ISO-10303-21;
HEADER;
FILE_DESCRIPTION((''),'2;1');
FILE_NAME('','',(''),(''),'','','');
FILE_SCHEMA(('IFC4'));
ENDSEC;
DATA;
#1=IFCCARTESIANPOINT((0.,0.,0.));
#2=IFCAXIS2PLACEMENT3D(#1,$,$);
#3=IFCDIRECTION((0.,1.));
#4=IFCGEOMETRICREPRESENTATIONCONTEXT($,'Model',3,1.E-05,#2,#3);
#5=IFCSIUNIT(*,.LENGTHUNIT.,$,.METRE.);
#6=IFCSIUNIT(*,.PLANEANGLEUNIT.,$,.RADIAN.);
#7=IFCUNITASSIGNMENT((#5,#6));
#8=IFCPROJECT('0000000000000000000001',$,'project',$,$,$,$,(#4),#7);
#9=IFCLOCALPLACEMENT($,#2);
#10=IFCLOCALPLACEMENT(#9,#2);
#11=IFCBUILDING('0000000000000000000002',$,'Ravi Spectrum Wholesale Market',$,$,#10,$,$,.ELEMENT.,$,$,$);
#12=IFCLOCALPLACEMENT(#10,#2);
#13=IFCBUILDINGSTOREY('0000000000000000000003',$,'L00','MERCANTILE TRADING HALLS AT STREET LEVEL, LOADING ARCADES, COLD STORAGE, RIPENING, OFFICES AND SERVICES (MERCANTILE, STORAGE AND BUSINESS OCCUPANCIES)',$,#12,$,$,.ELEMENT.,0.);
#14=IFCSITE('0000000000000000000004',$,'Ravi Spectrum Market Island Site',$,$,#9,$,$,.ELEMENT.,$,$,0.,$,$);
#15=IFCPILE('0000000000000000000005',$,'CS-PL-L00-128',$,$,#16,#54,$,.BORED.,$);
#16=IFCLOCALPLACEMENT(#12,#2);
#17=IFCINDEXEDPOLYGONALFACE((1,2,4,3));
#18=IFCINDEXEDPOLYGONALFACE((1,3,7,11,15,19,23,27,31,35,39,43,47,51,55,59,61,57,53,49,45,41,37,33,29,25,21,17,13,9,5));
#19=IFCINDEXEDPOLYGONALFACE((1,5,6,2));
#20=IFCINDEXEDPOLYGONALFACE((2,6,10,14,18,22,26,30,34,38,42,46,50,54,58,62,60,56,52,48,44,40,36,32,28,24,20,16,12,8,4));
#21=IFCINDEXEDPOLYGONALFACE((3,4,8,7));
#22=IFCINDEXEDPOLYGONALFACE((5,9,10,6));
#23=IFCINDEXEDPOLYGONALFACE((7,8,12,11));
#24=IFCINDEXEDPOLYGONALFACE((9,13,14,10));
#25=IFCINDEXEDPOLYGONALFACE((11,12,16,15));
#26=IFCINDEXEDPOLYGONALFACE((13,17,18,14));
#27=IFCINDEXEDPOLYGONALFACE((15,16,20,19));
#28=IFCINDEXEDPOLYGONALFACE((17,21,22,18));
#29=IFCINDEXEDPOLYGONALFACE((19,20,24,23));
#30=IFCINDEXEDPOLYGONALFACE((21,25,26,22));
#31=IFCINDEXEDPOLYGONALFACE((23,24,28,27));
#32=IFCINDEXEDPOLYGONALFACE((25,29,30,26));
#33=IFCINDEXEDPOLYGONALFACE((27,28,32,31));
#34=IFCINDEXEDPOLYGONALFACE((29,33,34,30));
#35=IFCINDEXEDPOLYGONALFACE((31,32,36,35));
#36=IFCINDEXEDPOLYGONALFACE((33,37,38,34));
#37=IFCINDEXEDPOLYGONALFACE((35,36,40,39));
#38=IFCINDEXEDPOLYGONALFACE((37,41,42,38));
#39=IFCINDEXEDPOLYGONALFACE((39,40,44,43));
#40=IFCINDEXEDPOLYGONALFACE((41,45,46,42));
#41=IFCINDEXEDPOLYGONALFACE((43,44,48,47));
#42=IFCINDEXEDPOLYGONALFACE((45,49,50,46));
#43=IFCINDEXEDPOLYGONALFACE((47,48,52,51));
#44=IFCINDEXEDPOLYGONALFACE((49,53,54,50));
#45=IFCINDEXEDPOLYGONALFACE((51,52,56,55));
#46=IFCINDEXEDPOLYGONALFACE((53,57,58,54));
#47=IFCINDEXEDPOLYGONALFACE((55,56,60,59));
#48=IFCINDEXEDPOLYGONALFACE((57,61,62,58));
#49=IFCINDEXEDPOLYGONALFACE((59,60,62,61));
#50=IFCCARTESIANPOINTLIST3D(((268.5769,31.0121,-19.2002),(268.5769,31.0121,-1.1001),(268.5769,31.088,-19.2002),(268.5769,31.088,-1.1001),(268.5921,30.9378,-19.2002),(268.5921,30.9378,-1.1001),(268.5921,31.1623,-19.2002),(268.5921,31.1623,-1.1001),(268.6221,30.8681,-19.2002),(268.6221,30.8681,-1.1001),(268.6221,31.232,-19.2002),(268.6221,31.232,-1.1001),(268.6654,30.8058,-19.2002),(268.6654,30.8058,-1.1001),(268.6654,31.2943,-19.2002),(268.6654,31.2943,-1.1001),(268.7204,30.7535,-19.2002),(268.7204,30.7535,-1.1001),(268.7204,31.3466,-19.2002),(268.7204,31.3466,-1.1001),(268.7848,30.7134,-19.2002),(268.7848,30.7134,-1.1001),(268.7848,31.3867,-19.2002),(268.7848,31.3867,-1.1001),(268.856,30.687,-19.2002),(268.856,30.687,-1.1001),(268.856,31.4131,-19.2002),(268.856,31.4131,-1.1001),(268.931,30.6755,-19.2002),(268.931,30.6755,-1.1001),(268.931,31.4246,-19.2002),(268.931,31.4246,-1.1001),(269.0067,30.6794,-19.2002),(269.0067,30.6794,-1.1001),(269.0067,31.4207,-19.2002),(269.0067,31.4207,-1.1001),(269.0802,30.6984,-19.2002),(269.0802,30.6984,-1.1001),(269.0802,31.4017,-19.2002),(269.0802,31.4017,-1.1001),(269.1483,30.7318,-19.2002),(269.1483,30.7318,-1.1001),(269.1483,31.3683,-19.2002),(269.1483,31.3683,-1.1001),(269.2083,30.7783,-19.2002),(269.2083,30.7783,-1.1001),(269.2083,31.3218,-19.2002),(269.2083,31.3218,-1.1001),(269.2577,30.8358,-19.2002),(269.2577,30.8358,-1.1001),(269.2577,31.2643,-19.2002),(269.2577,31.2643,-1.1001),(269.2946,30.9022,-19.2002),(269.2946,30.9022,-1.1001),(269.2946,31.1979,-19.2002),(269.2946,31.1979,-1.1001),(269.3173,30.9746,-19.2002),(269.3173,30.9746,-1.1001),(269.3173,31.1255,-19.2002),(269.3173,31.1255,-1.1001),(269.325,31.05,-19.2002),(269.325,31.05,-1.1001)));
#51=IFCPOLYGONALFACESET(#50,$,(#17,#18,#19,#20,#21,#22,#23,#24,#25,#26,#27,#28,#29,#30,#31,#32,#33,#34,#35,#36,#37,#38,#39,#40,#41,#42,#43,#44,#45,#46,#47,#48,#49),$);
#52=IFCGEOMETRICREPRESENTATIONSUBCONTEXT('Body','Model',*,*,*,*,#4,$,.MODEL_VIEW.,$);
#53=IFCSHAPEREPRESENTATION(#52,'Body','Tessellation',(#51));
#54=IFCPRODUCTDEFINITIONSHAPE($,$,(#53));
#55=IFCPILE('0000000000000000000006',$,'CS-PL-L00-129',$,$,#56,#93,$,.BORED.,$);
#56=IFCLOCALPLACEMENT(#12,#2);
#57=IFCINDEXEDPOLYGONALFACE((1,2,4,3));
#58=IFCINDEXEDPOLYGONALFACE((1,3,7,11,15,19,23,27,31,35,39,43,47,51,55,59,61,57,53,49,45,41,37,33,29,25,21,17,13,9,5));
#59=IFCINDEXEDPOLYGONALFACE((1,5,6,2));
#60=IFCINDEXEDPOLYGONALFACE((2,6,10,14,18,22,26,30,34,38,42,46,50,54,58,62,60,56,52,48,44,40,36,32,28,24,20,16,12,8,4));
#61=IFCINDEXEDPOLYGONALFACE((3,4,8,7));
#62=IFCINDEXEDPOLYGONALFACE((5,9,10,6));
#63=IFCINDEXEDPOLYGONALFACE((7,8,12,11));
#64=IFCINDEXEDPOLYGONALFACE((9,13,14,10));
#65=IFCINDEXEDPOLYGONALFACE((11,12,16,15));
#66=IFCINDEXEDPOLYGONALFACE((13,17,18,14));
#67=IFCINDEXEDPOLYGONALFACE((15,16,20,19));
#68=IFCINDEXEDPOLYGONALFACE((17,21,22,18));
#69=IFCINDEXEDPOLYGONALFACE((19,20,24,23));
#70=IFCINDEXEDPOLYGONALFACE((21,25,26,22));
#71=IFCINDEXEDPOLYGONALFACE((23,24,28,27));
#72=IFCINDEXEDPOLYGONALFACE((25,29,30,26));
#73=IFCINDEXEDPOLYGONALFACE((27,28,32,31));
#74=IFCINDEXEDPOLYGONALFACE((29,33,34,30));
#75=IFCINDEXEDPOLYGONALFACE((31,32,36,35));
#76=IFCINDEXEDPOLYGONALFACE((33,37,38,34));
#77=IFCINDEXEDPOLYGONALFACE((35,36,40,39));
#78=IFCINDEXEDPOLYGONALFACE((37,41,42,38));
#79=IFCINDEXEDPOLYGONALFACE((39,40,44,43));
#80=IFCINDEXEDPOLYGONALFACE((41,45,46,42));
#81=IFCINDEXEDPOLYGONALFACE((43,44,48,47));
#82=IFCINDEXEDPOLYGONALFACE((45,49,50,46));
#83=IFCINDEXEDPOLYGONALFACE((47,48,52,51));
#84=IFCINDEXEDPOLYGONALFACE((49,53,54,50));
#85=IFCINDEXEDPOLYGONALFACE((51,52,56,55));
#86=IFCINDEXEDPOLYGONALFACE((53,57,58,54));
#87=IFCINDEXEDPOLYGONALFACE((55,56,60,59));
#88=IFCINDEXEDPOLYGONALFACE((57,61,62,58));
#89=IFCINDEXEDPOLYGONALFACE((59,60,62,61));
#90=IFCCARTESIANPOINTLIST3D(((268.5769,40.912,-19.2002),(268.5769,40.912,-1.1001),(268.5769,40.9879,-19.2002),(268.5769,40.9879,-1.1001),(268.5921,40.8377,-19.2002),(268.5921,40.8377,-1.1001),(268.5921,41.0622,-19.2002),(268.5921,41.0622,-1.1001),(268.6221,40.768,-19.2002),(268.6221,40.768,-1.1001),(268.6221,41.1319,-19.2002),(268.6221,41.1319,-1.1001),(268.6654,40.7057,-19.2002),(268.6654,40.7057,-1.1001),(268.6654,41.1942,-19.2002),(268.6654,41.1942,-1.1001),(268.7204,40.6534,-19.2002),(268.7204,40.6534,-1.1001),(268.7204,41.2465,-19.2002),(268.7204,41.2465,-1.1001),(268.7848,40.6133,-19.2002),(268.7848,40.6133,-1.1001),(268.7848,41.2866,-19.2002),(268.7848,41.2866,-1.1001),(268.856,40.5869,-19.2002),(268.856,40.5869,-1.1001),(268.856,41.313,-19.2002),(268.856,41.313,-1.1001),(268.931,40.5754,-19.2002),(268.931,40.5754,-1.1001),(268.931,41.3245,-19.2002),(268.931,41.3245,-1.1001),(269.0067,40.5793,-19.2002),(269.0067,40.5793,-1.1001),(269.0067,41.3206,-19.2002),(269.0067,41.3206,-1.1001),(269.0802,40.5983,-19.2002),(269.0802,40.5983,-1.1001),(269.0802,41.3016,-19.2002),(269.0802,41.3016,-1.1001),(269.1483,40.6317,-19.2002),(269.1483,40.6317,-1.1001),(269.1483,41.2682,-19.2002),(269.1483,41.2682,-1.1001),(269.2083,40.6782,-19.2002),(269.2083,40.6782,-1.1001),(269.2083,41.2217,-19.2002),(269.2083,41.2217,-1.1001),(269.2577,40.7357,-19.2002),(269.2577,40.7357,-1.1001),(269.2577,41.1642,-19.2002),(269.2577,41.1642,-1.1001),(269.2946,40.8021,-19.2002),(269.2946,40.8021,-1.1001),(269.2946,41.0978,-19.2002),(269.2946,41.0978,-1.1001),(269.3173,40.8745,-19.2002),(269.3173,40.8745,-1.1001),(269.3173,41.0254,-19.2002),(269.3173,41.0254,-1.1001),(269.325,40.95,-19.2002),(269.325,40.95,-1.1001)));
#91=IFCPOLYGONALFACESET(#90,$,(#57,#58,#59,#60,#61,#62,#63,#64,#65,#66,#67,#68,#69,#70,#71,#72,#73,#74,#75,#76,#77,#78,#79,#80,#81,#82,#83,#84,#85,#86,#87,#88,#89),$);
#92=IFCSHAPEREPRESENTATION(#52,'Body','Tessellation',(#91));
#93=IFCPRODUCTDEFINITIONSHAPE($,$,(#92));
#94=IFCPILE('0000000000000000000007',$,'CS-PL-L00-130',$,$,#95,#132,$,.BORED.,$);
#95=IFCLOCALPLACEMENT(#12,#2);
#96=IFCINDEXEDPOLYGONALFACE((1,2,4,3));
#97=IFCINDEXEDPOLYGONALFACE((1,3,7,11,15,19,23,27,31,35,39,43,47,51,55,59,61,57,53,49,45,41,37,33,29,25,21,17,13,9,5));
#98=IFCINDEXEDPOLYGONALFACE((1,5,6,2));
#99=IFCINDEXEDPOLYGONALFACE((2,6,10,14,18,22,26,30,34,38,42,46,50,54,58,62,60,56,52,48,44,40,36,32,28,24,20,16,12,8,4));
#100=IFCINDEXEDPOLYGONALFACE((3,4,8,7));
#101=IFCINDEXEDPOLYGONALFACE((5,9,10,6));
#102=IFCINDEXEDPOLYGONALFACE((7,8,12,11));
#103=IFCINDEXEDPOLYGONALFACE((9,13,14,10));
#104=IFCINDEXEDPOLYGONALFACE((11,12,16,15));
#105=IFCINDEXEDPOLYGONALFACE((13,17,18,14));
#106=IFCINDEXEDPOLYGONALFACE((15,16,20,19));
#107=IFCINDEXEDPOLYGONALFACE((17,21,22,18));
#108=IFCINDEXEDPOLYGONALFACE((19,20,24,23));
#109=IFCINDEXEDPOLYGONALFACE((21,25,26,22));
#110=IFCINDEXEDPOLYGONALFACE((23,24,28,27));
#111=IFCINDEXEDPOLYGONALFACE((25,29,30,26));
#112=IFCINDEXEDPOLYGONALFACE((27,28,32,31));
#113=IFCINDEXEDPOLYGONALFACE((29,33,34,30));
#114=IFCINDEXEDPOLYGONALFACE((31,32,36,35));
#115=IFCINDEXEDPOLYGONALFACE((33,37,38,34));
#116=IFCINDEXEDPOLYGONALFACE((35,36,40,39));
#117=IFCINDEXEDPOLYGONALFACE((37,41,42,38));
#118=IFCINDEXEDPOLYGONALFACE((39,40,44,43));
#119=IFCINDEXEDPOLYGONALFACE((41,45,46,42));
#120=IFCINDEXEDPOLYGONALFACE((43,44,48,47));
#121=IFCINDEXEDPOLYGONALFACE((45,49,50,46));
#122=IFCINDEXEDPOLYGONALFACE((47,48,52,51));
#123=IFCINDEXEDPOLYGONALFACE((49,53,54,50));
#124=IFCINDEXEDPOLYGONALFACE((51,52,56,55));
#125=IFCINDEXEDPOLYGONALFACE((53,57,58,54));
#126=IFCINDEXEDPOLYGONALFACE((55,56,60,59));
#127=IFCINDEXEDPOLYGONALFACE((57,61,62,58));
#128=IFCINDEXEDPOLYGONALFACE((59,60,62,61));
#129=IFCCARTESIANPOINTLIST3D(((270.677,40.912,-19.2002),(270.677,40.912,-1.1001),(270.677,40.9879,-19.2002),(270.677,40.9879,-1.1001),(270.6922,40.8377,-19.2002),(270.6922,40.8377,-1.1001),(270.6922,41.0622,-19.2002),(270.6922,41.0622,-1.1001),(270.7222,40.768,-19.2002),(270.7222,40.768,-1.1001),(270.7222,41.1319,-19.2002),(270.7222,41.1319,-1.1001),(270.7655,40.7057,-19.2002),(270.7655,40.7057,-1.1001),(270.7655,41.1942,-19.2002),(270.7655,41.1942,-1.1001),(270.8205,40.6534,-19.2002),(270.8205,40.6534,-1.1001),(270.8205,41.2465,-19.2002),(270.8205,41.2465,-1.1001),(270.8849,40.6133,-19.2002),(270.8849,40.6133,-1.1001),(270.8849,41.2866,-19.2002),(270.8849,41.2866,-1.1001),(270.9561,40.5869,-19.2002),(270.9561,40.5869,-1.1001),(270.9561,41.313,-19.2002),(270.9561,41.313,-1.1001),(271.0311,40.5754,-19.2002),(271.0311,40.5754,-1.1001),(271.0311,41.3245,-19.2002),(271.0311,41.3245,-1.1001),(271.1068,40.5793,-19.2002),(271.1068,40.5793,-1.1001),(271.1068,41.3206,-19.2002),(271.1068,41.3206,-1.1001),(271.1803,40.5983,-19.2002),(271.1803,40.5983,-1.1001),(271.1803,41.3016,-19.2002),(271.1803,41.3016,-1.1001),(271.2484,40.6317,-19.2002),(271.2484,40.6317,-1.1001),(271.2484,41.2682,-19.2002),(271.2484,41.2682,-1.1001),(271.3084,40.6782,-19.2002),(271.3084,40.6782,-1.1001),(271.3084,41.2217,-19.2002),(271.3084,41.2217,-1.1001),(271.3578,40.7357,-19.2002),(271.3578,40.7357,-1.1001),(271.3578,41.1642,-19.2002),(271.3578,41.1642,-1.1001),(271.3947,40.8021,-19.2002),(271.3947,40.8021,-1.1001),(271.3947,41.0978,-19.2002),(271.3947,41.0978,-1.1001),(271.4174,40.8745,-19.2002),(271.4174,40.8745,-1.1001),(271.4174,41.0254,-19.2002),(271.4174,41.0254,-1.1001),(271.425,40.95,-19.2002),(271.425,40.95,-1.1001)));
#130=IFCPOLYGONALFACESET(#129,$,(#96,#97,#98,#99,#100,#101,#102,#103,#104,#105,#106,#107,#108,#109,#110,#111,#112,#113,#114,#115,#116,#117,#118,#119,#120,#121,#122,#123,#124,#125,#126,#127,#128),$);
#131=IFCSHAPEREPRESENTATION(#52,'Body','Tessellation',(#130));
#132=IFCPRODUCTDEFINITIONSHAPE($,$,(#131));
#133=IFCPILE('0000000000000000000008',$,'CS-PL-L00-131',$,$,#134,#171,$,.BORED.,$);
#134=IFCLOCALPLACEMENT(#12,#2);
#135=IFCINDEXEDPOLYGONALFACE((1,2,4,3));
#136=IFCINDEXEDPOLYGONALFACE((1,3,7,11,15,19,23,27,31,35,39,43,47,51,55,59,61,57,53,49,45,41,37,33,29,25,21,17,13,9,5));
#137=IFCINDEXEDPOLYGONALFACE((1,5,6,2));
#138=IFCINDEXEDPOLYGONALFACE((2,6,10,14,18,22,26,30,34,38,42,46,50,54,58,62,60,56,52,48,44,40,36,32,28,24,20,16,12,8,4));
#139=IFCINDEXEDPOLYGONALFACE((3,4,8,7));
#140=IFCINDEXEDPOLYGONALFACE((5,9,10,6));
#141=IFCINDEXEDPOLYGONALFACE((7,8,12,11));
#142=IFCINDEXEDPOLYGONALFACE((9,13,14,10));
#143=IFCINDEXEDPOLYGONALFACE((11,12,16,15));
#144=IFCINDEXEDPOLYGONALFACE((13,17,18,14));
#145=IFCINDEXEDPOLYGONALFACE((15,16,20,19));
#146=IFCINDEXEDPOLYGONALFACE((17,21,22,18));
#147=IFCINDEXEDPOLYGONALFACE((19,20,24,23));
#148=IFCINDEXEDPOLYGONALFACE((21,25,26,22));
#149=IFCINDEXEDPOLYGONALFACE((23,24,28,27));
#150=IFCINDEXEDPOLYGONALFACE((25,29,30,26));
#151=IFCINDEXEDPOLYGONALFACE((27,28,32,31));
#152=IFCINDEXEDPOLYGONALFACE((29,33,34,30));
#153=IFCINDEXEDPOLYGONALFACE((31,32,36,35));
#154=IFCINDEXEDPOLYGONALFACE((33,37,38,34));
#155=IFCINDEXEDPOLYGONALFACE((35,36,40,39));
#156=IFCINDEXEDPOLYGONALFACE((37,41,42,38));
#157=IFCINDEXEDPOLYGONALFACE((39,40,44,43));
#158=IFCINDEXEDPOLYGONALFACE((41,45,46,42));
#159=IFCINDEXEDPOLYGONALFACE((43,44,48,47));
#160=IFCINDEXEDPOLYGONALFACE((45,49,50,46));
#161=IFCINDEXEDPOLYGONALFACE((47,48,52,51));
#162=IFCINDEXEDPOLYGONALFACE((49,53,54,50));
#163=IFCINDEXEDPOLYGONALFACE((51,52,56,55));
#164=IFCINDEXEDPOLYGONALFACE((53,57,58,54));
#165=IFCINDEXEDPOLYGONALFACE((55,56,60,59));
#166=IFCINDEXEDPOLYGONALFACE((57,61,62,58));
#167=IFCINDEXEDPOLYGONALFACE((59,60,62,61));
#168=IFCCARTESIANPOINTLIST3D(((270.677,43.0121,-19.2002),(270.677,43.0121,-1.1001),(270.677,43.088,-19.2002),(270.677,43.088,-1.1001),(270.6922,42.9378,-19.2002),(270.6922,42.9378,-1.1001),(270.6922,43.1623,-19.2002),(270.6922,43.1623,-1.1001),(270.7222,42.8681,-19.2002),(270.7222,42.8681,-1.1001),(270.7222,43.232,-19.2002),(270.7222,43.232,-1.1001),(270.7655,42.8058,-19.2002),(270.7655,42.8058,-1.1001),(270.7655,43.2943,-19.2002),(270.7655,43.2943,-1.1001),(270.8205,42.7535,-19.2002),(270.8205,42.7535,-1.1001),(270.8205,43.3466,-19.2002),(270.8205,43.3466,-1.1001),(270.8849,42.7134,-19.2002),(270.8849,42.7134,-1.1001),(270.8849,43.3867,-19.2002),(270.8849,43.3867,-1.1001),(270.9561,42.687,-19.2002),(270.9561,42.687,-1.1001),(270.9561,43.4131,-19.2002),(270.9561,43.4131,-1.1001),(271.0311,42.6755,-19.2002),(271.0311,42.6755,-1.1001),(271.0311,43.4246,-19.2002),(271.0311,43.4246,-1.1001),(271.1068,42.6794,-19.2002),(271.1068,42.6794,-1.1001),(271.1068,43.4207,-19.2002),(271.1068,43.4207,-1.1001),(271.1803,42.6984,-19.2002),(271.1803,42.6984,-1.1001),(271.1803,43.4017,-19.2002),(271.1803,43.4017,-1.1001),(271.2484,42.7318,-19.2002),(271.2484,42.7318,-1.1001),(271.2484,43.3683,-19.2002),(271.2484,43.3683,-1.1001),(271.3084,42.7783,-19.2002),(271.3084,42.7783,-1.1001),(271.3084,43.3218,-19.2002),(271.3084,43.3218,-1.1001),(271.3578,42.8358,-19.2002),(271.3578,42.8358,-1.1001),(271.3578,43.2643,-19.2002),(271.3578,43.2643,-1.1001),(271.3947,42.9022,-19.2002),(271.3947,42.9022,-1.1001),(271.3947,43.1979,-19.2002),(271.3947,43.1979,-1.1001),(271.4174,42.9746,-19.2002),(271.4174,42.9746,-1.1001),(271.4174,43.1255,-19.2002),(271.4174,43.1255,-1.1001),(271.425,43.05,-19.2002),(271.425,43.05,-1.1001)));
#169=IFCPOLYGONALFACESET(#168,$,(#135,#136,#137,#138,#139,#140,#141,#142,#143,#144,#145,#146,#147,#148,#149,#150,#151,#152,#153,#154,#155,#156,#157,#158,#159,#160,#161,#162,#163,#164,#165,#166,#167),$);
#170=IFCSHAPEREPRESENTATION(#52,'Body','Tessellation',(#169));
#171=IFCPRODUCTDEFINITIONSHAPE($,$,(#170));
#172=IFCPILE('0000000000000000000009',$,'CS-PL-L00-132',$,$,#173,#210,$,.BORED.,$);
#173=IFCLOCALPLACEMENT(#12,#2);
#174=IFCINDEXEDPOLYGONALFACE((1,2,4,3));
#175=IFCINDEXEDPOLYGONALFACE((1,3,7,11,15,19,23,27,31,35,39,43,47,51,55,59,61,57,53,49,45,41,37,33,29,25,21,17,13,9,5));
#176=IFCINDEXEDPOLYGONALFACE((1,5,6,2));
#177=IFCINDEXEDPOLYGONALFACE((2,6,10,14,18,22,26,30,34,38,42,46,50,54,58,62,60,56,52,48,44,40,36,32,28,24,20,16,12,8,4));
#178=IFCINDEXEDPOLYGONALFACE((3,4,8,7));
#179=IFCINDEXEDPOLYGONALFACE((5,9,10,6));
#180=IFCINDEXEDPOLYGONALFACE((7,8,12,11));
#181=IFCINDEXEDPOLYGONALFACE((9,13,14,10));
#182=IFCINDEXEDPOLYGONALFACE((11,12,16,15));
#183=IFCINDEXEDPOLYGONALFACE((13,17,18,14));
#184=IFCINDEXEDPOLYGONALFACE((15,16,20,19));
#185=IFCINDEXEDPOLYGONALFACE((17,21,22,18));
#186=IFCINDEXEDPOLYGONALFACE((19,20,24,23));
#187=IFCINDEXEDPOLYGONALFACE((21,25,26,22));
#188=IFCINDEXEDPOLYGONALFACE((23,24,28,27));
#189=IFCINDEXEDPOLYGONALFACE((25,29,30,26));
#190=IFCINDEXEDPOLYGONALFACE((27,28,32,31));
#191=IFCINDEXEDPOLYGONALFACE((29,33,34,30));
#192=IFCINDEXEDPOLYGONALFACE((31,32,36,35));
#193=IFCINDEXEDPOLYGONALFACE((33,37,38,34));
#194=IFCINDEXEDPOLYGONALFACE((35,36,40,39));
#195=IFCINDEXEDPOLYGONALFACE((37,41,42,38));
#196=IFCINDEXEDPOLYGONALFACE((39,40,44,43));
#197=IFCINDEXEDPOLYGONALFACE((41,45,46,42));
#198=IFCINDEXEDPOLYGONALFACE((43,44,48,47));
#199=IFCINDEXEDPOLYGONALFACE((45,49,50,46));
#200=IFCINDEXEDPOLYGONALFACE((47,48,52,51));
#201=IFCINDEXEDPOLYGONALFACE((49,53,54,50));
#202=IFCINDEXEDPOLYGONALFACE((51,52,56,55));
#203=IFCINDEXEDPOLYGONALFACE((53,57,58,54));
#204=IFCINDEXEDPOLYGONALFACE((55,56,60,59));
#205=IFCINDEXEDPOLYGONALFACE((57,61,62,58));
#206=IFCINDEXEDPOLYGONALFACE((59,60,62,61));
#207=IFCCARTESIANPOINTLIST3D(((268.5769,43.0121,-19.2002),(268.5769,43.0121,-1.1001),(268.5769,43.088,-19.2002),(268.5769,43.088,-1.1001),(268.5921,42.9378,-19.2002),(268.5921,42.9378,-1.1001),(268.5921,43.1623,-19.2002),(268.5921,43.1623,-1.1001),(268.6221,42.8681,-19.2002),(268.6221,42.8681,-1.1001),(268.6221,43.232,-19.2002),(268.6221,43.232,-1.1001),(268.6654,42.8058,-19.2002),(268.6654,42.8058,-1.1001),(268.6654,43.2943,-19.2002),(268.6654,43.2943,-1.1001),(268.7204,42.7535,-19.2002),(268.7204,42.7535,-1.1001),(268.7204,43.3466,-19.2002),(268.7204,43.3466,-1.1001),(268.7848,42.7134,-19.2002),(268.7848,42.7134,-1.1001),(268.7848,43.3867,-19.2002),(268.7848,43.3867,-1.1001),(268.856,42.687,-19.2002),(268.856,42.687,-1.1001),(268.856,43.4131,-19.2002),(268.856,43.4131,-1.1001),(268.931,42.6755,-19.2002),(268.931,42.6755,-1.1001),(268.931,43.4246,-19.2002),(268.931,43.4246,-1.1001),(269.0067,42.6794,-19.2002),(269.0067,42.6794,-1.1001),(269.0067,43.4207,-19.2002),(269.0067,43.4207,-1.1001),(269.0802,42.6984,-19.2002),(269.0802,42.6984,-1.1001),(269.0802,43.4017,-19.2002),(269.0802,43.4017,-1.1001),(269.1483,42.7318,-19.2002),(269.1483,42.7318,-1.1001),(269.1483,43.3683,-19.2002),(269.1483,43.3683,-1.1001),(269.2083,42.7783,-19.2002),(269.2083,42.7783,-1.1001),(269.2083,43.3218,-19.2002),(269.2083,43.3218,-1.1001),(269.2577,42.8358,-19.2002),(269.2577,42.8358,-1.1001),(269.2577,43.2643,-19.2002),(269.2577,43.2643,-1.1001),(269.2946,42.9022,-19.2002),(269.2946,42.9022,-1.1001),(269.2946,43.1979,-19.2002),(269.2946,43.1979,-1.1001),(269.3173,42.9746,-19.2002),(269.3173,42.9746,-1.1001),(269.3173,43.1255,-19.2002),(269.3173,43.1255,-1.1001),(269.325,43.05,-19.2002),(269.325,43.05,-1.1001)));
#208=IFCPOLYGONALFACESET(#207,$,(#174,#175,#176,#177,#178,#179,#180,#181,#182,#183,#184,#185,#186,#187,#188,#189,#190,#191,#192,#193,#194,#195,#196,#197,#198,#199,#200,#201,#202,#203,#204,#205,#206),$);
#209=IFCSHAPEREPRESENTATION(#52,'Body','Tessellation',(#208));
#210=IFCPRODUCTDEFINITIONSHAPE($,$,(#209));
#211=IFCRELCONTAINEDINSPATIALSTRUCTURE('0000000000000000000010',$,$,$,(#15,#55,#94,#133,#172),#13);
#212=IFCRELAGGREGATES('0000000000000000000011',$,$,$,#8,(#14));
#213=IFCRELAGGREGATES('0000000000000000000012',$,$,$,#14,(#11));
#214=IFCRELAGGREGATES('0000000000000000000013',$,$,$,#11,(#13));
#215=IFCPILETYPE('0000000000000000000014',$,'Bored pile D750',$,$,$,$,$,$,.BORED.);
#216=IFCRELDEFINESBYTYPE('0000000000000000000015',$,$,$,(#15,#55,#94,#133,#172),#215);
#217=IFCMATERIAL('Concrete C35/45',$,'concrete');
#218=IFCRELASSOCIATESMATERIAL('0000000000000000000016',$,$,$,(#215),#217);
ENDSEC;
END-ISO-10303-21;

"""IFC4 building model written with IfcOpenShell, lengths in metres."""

from ifc_helpers import new_model, si_unit, direction, frame, origin, origin_2d, place, context, subcontext, project, spatial, circle, extrude, material, material_profile, profile_set, type_object, element, save


model = new_model("IFC4")

# Units and contexts
model_context = context("Model", 3, precision=1e-05, world=origin(), true_north=direction((0.0, 1.0)))
body_context = subcontext(model_context, "Body", "Model", "MODEL_VIEW")
ifc_project = project(units=[si_unit("LENGTHUNIT", "METRE"), si_unit("PLANEANGLEUNIT", "RADIAN")], contexts=[model_context])

# Site, building, storey
site_placement = place(None, origin())
site = spatial("IfcSite", under=ifc_project, at=site_placement, Name="Ravi Spectrum Market Island Site", CompositionType="ELEMENT", RefElevation=0.0)
building_placement = place(site_placement, origin())
building = spatial("IfcBuilding", under=site, at=building_placement, Name="Ravi Spectrum Wholesale Market", CompositionType="ELEMENT")
storey_placement = place(building_placement, origin())
storey = spatial("IfcBuildingStorey", under=building, at=storey_placement, Name="L00", Description="MERCANTILE TRADING HALLS AT STREET LEVEL, LOADING ARCADES, COLD STORAGE, RIPENING, OFFICES AND SERVICES (MERCANTILE, STORAGE AND BUSINESS OCCUPANCIES)", CompositionType="ELEMENT", Elevation=0.0)

# Piles
ifc_material_1 = material(Name="Concrete C35/45", Category="concrete")
ifc_material_profile_1 = material_profile(ifc_material_1, circle(Radius=0.375, at=origin_2d()))
ifc_profile_set_1 = profile_set([ifc_material_profile_1], Name="Concrete C35/45")
pile_type = type_object("IfcPileType", Name="Bored pile D750", PredefinedType="BORED", material=ifc_profile_set_1)
for number, where, z_axis, x_axis, name in (
    (1, (268.95, 31.05, -1.1001), (0.0, 0.0, -1.0), (1.0, 0.0, 0.0), "CS-PL-L00-128"),
    (2, (268.95, 40.95, -1.1001), (0.0, 0.0, -1.0), (1.0, 0.0, 0.0), "CS-PL-L00-129"),
    (3, (271.05, 40.95, -1.1001), (0.0, 0.0, -1.0), (1.0, 0.0, 0.0), "CS-PL-L00-130"),
    (4, (271.05, 43.05, -1.1001), (0.0, 0.0, -1.0), (1.0, 0.0, 0.0), "CS-PL-L00-131"),
    (5, (268.95, 43.05, -1.1001), (0.0, 0.0, -1.0), (1.0, 0.0, 0.0), "CS-PL-L00-132"),
):
    element("IfcPile", number, at=place(storey_placement, frame(where, z_axis=z_axis, x_axis=x_axis)), inside=storey, type_object=pile_type, Name=name, PredefinedType="BORED", context=body_context, shape_type="SweptSolid", body=[
        extrude(circle(Radius=0.375, at=origin_2d()), origin(), (0.0, 0.0, 1.0), 18.1001),
    ])

save(model, "model.ifc")
